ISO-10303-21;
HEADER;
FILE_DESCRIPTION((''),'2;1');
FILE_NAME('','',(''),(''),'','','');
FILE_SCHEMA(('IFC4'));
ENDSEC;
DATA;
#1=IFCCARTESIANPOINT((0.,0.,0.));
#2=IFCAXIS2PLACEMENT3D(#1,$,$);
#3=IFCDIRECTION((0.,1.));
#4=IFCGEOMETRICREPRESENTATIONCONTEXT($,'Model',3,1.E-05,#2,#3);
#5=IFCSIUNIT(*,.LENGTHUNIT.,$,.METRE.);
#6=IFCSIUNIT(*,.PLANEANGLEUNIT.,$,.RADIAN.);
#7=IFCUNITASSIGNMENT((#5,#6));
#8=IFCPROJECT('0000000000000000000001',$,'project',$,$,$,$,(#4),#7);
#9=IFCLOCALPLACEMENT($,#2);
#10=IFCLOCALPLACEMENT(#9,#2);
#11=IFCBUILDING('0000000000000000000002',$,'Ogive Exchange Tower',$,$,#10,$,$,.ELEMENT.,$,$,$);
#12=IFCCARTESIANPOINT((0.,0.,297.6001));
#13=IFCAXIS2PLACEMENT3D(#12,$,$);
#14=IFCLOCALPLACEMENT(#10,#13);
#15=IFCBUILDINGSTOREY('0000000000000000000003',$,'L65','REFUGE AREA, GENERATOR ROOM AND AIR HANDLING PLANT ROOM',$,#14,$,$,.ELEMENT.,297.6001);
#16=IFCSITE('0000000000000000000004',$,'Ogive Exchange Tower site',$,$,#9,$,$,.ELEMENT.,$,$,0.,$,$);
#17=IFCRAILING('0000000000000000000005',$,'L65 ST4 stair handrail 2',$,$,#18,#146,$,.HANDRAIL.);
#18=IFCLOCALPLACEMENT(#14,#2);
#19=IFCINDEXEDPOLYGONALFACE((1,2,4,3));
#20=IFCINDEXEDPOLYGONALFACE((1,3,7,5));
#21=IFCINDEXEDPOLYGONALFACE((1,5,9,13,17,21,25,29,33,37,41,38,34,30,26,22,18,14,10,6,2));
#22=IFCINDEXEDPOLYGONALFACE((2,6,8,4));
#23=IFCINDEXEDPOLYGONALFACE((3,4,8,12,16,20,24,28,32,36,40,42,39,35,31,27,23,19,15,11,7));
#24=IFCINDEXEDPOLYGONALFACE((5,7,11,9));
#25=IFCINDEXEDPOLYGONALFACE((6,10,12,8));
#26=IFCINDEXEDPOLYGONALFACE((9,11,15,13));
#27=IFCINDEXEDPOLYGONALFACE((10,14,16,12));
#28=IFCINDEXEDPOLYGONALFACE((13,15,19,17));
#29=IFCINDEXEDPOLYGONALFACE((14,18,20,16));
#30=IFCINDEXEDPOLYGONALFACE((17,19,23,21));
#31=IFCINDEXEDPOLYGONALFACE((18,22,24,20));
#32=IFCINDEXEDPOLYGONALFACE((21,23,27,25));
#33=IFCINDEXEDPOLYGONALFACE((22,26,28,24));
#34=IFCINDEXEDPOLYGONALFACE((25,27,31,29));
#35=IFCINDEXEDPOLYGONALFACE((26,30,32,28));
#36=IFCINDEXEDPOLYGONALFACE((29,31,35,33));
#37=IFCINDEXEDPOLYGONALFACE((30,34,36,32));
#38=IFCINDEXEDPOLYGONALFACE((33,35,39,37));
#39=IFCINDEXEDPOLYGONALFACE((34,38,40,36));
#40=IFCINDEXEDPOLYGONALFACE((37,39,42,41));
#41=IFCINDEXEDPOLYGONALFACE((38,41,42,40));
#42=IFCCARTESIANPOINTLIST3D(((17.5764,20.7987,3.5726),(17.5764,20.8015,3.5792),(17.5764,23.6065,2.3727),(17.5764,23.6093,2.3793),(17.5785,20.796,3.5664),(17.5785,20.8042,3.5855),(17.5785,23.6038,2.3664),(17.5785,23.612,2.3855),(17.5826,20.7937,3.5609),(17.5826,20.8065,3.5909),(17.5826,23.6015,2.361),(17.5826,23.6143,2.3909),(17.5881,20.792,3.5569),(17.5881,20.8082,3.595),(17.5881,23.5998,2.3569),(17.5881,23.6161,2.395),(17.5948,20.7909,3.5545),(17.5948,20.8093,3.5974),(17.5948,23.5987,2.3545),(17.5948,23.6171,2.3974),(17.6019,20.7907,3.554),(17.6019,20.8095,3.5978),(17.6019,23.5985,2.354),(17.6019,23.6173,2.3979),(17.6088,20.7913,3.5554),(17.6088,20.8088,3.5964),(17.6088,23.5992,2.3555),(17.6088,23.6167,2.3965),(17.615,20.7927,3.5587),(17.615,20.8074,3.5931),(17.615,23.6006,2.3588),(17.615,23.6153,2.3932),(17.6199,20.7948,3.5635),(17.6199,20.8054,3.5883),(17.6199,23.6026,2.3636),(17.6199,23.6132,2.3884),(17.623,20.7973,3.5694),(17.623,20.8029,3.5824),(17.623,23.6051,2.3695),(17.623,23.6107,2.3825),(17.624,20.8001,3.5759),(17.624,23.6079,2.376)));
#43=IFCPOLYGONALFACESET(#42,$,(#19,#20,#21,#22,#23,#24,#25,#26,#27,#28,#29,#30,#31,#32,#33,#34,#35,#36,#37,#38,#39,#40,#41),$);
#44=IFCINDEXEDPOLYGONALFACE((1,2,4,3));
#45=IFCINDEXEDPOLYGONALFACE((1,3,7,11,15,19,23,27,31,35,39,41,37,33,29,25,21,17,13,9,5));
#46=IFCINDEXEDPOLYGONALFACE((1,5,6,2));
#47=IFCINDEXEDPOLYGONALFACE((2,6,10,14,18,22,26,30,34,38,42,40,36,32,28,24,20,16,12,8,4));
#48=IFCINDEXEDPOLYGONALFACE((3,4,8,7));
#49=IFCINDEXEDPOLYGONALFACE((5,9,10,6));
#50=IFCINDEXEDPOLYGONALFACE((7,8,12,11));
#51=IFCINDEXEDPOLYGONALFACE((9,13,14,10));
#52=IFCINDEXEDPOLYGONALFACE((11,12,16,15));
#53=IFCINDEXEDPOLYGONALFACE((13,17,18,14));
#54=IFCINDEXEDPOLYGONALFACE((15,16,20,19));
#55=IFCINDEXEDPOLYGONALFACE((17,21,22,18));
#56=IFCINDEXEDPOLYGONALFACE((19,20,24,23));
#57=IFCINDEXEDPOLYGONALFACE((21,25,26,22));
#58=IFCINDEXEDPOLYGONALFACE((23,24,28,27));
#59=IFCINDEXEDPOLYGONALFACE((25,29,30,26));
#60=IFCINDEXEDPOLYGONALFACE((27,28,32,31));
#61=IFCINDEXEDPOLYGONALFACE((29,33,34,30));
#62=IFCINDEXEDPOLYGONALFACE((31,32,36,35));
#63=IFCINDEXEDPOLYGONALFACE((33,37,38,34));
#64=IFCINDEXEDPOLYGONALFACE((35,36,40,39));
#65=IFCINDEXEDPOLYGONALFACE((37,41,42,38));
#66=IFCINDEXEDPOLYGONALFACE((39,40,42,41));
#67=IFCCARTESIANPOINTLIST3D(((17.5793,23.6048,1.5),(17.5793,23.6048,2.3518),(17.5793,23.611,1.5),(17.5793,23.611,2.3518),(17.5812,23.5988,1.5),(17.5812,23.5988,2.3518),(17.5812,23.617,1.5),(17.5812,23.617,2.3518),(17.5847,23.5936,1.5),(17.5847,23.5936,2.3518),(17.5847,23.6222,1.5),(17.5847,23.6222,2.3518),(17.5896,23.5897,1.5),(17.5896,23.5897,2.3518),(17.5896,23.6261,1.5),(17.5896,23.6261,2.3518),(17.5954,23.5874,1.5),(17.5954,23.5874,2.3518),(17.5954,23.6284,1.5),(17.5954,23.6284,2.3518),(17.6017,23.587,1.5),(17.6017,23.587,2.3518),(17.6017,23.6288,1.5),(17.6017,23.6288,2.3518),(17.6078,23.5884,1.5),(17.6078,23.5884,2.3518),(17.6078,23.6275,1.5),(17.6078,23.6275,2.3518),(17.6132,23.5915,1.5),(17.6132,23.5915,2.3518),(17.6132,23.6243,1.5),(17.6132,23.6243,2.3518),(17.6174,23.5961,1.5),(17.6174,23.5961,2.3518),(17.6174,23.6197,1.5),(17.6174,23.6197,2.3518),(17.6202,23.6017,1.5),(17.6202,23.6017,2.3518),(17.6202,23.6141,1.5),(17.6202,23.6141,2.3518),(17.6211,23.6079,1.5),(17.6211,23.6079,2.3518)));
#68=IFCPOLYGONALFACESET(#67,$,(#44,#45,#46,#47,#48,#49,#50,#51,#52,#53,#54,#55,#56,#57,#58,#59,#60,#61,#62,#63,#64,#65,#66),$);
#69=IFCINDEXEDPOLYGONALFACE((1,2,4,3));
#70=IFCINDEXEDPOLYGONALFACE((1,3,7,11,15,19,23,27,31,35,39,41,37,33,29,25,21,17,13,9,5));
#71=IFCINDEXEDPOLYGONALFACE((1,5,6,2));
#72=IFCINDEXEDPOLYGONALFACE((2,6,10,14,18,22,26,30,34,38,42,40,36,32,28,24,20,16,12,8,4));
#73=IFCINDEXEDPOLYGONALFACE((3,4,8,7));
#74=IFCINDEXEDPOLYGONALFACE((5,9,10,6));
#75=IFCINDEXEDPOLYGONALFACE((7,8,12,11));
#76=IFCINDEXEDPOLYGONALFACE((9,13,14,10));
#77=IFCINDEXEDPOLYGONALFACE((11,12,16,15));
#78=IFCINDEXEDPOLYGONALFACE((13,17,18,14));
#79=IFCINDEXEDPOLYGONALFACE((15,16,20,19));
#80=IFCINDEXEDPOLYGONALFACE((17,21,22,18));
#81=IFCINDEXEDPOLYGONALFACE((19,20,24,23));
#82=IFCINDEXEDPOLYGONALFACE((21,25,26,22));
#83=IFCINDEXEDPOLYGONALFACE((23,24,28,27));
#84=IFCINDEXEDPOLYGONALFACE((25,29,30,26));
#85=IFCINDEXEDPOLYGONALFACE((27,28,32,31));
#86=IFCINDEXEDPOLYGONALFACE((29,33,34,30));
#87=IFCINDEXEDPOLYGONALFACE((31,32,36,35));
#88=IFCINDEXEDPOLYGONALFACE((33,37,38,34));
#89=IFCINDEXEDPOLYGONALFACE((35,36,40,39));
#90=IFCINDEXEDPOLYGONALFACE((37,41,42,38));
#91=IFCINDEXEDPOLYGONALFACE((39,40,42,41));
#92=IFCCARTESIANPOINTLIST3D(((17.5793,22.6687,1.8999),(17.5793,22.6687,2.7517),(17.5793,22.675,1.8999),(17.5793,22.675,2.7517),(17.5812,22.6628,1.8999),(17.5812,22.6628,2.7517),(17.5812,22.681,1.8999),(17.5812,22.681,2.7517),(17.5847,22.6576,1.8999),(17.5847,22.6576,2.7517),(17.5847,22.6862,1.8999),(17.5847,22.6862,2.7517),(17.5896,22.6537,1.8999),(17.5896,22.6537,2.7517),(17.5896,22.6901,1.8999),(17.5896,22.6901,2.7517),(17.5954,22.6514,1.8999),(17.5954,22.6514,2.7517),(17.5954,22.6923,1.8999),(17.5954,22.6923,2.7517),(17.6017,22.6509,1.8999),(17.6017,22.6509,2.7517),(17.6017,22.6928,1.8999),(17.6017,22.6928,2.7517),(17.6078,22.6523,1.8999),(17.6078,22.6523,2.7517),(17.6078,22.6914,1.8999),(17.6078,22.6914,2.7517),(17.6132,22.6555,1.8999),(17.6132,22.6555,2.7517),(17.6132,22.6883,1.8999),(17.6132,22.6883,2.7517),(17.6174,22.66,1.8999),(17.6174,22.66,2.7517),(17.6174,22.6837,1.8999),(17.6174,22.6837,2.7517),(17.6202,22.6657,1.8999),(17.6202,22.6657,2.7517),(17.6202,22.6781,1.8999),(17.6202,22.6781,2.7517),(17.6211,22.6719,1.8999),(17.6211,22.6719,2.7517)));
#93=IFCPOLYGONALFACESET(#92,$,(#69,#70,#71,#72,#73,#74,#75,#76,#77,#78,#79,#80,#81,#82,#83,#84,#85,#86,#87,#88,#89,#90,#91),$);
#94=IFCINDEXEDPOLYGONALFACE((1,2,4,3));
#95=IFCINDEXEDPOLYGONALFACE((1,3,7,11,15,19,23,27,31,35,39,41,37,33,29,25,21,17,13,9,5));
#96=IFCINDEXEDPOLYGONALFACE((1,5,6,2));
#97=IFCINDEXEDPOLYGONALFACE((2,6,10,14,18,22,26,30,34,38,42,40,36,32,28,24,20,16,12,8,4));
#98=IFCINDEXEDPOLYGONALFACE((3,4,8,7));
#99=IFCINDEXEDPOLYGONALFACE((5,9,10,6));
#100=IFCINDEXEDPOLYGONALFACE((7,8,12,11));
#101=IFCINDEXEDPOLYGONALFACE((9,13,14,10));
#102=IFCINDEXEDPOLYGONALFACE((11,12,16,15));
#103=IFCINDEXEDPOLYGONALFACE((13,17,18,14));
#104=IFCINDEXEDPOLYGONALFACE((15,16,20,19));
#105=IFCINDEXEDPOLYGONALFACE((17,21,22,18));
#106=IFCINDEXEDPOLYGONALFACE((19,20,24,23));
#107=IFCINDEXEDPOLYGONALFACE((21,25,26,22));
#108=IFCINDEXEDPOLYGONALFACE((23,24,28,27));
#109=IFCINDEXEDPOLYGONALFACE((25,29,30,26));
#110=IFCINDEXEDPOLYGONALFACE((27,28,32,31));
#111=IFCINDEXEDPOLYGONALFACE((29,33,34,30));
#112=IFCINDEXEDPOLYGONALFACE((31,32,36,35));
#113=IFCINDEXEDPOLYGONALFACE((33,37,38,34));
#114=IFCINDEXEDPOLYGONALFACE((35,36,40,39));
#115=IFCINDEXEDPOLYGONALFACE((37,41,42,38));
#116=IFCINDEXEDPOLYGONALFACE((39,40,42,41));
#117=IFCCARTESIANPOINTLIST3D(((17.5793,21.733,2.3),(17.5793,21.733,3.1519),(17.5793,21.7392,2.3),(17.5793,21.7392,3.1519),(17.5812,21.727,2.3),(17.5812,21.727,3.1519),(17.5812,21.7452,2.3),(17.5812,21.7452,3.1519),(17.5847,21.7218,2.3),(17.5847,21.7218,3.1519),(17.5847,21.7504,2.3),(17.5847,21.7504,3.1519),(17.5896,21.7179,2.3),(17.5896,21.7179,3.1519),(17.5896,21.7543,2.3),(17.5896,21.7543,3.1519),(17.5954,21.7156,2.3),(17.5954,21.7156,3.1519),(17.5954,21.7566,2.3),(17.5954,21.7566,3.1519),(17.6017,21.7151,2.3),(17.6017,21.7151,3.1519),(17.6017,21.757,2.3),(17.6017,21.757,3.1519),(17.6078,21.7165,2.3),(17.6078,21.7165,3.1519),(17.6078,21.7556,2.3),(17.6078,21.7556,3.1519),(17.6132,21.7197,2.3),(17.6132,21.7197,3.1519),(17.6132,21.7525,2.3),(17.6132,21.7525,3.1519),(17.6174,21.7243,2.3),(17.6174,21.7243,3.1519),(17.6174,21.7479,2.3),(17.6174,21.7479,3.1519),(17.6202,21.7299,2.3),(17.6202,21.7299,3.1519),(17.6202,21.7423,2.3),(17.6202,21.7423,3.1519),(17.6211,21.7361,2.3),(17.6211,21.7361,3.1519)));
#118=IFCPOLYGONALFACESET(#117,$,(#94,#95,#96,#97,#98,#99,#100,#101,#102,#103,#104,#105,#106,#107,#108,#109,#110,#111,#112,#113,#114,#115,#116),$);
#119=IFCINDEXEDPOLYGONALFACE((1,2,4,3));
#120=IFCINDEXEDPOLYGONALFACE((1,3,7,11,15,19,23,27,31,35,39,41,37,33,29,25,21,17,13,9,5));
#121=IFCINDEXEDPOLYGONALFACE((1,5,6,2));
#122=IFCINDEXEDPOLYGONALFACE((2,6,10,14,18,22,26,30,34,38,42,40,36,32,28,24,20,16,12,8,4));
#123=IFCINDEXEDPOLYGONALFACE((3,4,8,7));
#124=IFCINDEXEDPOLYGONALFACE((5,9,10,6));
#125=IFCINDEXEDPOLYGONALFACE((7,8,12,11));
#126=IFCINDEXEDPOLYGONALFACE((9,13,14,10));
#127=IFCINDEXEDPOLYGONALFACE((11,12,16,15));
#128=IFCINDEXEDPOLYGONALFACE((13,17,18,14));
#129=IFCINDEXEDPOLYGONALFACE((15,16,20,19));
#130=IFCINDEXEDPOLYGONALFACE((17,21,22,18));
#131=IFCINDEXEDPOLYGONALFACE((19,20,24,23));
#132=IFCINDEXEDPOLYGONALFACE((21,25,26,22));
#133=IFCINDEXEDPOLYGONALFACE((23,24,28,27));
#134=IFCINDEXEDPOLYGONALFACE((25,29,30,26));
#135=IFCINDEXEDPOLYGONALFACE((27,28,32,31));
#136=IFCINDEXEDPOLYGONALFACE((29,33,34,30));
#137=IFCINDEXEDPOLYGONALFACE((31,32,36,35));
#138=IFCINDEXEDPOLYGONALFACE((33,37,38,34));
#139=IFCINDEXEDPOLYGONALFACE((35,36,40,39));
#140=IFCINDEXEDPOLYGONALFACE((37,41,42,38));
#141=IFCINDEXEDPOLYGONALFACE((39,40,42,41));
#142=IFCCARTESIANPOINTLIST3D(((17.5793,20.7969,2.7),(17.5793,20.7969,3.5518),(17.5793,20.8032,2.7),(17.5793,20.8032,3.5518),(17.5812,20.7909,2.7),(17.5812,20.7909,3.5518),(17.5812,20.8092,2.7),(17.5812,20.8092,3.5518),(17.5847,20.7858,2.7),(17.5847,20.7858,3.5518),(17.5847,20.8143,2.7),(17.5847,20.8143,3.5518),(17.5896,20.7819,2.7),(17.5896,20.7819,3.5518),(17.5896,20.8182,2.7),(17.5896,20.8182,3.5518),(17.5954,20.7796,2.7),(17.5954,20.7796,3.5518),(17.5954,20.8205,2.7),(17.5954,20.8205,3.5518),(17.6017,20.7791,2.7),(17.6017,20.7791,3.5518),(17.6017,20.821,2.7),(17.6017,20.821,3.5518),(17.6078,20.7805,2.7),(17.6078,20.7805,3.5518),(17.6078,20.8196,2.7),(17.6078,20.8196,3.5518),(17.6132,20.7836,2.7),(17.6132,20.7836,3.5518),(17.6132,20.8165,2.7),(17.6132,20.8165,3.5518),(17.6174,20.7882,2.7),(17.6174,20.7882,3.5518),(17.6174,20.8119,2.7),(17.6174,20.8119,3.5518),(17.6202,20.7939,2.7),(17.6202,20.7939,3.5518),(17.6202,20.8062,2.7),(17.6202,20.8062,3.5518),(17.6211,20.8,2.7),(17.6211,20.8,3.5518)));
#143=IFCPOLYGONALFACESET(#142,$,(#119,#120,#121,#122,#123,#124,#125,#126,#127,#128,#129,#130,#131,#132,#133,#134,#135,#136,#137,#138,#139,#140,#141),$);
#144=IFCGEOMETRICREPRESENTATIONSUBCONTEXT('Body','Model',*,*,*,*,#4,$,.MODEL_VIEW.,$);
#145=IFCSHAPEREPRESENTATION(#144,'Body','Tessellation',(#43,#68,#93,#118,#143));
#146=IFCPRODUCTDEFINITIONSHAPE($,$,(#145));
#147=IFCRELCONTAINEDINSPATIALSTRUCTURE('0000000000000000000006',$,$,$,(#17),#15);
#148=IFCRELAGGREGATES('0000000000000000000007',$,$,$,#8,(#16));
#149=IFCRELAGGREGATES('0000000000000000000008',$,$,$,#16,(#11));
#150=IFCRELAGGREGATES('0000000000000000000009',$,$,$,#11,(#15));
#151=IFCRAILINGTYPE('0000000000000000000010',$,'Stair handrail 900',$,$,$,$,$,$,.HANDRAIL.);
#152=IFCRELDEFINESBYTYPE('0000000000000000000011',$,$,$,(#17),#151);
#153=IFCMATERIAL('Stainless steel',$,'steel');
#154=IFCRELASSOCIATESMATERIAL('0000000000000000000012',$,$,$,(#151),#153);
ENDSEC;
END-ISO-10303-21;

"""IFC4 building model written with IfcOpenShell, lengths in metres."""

from ifc_helpers import new_model, si_unit, direction, frame, origin, origin_2d, place, context, subcontext, project, spatial, circle, extrude, material, type_object, element, save


model = new_model("IFC4")

# Units and contexts
model_context = context("Model", 3, precision=1e-05, world=origin(), true_north=direction((0.0, 1.0)))
body_context = subcontext(model_context, "Body", "Model", "MODEL_VIEW")
ifc_project = project(units=[si_unit("LENGTHUNIT", "METRE"), si_unit("PLANEANGLEUNIT", "RADIAN")], contexts=[model_context])

# Site, building, storey
site_placement = place(None, origin())
site = spatial("IfcSite", under=ifc_project, at=site_placement, Name="Ogive Exchange Tower site", CompositionType="ELEMENT", RefElevation=0.0)
building_placement = place(site_placement, origin())
building = spatial("IfcBuilding", under=site, at=building_placement, Name="Ogive Exchange Tower", CompositionType="ELEMENT")
storey_placement = place(building_placement, frame((0.0, 0.0, 297.6001)))
storey = spatial("IfcBuildingStorey", under=building, at=storey_placement, Name="L65", Description="REFUGE AREA, GENERATOR ROOM AND AIR HANDLING PLANT ROOM", CompositionType="ELEMENT", Elevation=297.6001)

# Railing
ifc_material_1 = material(Name="Stainless steel", Category="steel")
railing_type = type_object("IfcRailingType", Name="Stair handrail 900", PredefinedType="HANDRAIL", material=ifc_material_1)
for number, where, name in (
    (1, (17.6001, 23.6079, 1.5), "L65 ST4 stair handrail 2"),
):
    element("IfcRailing", number, at=place(storey_placement, frame(where)), inside=storey, type_object=railing_type, Name=name, PredefinedType="HANDRAIL", context=body_context, shape_type="SweptSolid", body=[
        extrude(circle(Radius=0.0239, at=origin_2d()), frame((0.0, 0.0, 0.876), z_axis=(0.0, -0.91955, 0.392973), x_axis=(1.0, 0.0, 0.0)), (0.0, 0.0, 1.0), 3.0535),
        extrude(circle(Radius=0.021, at=origin_2d()), origin(), (0.0, 0.0, 1.0), 0.8518),
        extrude(circle(Radius=0.021, at=origin_2d()), frame((0.0, -0.936, 0.3999)), (0.0, 0.0, 1.0), 0.8518),
        extrude(circle(Radius=0.021, at=origin_2d()), frame((0.0, -1.8718, 0.8)), (0.0, 0.0, 1.0), 0.8518),
        extrude(circle(Radius=0.021, at=origin_2d()), frame((0.0, -2.8079, 1.2)), (0.0, 0.0, 1.0), 0.8518),
    ])

save(model, "model.ifc")
